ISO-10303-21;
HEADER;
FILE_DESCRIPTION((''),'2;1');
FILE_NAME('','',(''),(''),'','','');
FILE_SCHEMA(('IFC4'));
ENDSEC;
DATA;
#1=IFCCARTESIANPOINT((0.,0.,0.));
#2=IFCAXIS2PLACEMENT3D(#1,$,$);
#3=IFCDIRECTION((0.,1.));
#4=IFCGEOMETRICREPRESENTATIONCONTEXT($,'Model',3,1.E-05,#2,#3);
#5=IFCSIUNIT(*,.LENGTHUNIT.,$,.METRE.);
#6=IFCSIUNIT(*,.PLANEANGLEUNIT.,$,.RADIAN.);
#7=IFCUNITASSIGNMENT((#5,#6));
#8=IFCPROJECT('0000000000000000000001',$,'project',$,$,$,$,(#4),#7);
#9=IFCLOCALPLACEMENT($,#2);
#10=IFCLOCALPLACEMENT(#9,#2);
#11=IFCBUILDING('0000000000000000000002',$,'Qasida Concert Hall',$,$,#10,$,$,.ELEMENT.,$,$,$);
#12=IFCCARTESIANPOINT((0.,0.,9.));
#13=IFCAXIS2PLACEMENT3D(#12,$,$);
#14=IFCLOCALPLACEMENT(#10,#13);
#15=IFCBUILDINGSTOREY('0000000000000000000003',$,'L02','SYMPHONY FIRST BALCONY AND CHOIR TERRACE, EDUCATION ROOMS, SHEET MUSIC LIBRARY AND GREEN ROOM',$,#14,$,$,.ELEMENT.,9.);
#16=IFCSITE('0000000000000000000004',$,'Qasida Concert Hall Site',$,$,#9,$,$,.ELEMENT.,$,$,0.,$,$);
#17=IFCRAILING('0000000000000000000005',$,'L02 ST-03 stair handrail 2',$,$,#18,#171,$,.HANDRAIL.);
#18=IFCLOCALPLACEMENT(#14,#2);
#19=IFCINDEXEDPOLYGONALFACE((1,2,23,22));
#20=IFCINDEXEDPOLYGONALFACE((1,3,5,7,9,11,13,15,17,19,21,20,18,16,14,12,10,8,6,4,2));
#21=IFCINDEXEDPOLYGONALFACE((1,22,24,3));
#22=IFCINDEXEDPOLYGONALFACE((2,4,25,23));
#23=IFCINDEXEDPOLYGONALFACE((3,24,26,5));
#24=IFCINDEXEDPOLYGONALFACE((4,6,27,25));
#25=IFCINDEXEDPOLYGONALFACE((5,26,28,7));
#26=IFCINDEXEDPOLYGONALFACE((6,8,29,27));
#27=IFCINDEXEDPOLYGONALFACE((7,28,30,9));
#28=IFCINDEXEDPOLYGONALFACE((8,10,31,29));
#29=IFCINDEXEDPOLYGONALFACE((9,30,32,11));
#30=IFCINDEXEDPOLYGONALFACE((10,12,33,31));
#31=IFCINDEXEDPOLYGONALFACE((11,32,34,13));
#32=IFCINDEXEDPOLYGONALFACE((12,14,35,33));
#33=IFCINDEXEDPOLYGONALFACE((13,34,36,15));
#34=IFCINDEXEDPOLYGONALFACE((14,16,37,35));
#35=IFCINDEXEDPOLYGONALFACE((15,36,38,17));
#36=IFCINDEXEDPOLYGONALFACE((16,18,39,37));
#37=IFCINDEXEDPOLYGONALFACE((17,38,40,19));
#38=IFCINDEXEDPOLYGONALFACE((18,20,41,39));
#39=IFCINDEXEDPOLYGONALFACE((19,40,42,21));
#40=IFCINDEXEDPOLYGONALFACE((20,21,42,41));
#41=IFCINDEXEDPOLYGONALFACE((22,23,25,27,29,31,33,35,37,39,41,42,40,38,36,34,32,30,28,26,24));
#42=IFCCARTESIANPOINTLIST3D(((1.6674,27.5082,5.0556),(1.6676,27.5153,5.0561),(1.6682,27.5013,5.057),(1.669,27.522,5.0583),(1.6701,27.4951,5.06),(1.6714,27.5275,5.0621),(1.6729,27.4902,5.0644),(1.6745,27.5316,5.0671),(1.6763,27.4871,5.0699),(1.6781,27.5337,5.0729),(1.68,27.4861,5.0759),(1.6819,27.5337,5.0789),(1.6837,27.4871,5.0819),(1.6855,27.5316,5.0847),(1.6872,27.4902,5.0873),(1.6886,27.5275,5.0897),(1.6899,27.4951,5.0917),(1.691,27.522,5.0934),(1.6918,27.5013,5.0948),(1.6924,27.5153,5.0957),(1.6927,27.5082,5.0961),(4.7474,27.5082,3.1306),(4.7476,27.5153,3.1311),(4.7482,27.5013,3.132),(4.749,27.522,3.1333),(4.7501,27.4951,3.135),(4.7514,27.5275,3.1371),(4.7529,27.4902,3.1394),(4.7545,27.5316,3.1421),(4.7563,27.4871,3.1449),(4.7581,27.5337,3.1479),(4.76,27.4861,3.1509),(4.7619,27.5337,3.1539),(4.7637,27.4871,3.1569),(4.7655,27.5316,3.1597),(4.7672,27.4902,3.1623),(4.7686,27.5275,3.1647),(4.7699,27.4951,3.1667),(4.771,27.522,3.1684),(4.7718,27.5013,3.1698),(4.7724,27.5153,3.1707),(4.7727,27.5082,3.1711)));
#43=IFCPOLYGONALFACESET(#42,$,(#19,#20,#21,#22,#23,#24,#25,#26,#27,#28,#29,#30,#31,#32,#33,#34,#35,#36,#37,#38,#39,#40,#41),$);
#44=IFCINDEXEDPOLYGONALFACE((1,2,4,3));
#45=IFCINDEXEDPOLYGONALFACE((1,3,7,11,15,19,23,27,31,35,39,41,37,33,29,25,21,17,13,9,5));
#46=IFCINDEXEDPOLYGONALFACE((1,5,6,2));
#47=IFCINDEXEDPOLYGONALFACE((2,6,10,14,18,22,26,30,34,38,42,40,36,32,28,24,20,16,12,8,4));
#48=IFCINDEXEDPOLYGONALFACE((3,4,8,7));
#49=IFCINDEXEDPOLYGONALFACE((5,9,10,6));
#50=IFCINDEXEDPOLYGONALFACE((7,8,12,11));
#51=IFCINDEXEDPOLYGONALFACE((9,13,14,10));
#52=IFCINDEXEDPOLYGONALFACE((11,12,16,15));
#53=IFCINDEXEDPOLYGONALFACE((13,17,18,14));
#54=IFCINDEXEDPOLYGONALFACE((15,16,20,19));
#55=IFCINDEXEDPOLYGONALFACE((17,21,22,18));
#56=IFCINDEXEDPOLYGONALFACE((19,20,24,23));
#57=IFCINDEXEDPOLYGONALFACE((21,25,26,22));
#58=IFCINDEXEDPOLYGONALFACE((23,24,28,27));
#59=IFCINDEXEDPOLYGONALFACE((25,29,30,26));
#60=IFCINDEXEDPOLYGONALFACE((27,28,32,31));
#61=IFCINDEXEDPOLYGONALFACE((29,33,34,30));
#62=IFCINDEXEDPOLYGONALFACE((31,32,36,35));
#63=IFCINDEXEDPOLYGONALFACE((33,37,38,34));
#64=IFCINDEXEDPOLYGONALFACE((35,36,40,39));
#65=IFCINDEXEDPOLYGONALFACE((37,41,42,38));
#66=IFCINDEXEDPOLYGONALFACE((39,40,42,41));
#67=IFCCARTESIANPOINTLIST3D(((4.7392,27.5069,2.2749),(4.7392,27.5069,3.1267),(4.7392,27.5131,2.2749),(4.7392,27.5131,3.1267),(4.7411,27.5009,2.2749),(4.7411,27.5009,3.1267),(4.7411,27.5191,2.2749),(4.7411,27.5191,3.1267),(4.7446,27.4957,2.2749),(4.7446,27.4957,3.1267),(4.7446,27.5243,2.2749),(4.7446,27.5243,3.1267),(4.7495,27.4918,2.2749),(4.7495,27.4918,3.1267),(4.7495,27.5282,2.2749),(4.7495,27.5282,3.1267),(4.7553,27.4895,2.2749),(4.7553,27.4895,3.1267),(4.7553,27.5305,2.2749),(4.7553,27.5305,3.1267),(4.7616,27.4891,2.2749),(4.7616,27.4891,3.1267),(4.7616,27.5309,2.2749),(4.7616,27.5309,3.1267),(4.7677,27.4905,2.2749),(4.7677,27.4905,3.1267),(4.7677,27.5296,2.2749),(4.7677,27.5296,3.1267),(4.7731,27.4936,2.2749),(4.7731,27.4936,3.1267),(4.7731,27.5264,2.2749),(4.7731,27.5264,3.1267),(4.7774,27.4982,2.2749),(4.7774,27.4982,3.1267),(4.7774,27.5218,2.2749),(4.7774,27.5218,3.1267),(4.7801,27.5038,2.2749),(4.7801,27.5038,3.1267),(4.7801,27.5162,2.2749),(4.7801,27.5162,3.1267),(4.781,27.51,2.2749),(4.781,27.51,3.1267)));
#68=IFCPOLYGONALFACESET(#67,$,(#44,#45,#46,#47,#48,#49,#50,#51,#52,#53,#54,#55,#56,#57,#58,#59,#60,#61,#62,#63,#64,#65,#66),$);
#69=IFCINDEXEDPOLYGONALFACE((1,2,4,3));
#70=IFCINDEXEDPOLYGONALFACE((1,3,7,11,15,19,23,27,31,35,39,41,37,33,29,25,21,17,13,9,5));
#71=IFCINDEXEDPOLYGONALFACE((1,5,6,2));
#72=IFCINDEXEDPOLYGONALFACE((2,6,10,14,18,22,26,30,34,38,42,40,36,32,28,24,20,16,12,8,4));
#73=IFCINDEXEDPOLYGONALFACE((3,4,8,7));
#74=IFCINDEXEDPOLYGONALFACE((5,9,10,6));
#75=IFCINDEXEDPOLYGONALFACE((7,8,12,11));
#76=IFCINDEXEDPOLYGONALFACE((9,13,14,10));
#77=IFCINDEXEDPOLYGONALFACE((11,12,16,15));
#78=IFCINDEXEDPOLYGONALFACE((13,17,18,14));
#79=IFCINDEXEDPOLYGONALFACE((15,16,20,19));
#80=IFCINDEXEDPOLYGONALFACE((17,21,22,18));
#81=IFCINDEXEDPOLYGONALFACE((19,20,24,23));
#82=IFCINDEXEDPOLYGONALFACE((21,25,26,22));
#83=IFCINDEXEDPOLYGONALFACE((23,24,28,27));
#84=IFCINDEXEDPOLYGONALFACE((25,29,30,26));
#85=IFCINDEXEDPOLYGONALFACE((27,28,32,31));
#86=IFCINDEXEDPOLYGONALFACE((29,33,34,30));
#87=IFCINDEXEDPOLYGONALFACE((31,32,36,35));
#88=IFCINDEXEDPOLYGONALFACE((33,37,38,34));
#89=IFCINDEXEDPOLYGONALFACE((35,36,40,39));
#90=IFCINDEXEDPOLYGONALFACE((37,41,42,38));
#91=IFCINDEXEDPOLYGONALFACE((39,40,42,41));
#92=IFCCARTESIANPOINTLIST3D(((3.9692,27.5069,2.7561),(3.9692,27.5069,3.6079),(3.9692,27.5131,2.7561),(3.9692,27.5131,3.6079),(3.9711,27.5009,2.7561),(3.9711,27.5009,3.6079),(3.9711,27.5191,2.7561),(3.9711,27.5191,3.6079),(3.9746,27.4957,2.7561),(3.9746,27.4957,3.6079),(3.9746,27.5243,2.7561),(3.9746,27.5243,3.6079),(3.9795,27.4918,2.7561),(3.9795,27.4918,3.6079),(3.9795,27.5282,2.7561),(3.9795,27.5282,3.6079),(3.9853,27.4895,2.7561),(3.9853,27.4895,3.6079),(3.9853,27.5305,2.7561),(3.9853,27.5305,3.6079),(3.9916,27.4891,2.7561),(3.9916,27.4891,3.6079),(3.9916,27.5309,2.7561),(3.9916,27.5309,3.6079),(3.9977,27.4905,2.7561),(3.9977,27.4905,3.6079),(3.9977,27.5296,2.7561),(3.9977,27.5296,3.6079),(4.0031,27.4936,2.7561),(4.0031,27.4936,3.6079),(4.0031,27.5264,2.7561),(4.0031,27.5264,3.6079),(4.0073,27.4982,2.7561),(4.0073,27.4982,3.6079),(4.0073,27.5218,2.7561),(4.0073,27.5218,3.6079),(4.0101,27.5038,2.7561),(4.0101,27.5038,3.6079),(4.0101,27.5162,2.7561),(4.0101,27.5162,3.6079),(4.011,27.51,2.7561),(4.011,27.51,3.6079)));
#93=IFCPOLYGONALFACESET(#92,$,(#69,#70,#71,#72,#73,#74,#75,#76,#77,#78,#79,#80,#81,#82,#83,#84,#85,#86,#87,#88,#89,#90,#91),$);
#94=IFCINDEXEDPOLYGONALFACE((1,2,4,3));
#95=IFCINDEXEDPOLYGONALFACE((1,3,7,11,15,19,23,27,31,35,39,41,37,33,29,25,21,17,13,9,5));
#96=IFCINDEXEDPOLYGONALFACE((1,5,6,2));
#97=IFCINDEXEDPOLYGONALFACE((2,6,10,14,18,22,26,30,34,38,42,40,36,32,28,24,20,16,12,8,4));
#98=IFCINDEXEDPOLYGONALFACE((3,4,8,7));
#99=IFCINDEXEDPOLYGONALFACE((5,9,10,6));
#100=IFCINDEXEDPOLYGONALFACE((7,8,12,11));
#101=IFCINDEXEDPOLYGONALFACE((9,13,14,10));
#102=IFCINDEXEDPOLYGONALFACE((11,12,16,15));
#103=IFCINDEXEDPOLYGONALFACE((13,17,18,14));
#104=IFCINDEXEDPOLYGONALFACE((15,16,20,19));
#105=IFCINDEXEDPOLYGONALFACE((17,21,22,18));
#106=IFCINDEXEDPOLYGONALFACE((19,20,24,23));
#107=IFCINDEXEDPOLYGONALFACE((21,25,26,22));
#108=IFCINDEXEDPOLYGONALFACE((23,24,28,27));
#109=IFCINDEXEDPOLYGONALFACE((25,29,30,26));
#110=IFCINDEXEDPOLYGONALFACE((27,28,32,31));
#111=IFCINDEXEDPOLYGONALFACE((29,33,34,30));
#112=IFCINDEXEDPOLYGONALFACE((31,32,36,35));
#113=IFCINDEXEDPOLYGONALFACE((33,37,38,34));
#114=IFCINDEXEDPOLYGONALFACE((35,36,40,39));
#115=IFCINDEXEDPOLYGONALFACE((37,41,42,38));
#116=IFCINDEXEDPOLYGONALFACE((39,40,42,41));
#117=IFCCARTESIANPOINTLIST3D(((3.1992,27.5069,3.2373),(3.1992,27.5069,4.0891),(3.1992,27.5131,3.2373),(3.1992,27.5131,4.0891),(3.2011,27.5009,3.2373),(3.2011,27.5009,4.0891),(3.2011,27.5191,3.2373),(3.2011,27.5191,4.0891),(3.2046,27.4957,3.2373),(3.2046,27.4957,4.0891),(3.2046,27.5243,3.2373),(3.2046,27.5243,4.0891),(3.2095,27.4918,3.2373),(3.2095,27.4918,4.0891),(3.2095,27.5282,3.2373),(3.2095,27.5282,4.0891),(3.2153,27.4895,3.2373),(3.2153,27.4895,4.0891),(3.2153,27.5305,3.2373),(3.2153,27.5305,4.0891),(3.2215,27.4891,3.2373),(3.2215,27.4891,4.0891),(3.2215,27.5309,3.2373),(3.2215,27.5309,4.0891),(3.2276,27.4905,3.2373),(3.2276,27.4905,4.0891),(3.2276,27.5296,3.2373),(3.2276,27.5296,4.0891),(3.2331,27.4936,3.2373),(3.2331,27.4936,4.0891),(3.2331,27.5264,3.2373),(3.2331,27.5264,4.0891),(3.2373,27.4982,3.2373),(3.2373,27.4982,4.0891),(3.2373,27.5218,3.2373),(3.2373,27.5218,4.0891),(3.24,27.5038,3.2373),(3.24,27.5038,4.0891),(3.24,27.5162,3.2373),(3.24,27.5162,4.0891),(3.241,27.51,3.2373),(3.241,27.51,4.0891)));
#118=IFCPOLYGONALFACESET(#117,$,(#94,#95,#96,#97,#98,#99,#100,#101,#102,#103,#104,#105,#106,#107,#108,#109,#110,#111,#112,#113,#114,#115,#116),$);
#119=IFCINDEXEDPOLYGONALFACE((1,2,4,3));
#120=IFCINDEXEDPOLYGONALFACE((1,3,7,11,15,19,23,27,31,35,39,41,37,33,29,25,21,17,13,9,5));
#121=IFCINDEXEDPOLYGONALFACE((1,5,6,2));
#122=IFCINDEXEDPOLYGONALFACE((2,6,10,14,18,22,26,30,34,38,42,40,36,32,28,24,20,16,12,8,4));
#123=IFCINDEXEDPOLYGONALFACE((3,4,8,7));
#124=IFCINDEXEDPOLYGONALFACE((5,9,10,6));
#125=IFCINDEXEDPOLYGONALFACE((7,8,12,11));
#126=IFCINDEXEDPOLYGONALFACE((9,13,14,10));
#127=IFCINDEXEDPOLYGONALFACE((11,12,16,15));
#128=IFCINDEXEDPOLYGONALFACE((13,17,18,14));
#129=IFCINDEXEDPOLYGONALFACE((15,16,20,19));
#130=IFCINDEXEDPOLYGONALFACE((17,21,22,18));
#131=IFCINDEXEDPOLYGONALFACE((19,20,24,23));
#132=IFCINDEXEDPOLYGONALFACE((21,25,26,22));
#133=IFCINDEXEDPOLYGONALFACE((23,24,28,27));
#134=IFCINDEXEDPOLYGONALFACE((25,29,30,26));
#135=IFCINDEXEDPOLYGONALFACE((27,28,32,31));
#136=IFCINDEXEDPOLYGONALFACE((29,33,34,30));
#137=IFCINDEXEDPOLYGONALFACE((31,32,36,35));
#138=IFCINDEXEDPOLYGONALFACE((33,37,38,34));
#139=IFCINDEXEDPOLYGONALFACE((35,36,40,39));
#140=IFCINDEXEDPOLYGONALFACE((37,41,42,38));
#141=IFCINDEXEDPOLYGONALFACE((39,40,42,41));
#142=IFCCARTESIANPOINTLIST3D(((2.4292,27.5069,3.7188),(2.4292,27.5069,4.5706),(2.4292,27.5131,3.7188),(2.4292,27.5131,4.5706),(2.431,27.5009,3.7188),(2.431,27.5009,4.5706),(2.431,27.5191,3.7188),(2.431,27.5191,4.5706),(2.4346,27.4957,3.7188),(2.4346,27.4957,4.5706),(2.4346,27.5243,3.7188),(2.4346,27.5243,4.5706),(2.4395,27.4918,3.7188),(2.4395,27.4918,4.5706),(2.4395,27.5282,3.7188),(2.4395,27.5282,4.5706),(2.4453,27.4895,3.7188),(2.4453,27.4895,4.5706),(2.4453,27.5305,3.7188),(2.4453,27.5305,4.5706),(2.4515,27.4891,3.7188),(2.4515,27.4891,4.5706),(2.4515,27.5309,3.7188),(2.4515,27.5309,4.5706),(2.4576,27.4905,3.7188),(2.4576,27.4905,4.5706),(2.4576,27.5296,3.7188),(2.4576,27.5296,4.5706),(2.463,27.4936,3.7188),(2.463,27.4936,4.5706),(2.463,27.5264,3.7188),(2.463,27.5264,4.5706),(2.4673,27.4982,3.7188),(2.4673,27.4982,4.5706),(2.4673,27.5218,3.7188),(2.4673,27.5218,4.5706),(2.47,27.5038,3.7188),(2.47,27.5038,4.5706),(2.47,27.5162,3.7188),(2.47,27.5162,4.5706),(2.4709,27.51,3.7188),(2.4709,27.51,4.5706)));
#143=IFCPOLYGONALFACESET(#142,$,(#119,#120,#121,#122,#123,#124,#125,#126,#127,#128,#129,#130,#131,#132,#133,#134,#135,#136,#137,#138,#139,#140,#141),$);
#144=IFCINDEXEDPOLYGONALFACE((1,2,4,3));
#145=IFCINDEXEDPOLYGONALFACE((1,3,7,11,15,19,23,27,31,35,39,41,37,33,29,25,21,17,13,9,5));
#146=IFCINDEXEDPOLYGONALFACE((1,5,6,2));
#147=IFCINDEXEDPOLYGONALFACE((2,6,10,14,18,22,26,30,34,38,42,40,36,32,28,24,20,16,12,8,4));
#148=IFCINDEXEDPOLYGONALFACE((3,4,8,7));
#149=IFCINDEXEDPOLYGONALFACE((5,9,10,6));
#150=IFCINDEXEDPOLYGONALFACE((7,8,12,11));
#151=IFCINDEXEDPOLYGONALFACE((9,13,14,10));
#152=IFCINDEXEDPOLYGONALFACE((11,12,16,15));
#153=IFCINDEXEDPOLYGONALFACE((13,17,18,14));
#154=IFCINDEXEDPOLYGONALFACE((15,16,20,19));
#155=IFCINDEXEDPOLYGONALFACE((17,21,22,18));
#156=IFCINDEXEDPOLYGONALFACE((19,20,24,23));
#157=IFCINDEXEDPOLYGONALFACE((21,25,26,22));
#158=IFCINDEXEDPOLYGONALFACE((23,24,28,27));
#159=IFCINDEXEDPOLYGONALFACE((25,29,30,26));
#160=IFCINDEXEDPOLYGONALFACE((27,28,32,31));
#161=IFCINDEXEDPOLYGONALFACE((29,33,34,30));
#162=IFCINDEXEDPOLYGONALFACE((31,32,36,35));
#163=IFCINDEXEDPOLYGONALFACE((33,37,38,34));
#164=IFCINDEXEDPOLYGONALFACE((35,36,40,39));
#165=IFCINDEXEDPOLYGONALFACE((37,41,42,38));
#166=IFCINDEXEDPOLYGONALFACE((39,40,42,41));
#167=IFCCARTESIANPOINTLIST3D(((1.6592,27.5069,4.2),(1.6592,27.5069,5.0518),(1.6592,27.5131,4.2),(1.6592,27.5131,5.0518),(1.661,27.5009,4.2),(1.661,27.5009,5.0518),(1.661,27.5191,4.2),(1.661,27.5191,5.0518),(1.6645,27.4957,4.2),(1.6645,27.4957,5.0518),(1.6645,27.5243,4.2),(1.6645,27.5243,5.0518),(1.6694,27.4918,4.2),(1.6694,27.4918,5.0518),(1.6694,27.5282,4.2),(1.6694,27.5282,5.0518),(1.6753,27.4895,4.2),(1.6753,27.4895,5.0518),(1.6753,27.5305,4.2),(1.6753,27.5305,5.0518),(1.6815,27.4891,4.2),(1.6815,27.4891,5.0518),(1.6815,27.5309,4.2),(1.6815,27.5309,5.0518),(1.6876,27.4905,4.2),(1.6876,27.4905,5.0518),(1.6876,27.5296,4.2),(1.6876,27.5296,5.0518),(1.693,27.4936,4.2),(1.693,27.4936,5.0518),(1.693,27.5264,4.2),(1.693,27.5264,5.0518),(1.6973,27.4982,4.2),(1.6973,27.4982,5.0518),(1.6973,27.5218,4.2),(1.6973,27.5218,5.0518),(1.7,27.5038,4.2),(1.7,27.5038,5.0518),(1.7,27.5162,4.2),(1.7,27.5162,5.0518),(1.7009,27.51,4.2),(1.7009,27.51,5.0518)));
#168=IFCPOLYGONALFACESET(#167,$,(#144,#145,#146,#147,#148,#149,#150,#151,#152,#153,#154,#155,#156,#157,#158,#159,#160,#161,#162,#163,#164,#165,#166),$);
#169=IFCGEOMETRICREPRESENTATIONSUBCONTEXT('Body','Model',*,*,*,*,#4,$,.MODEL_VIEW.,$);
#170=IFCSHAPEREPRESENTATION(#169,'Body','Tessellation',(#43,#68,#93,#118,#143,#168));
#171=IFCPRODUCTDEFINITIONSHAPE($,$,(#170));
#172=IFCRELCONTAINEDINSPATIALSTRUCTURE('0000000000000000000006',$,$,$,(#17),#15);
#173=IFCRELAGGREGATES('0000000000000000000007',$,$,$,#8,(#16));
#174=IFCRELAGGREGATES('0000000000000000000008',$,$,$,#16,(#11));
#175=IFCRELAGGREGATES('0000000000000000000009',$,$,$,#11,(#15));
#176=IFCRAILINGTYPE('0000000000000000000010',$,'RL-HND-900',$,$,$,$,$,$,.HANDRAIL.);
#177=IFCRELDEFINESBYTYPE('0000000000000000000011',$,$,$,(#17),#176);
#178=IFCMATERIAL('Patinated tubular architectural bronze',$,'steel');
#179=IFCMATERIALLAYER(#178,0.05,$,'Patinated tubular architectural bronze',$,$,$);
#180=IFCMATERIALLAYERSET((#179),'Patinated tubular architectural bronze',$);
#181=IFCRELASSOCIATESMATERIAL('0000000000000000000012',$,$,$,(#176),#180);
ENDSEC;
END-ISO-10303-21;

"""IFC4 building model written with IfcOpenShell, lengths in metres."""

from ifc_helpers import new_model, si_unit, direction, frame, origin, origin_2d, place, context, subcontext, project, spatial, circle, extrude, material, layer, layer_set, type_object, element, save


model = new_model("IFC4")

# Units and contexts
model_context = context("Model", 3, precision=1e-05, world=origin(), true_north=direction((0.0, 1.0)))
body_context = subcontext(model_context, "Body", "Model", "MODEL_VIEW")
ifc_project = project(units=[si_unit("LENGTHUNIT", "METRE"), si_unit("PLANEANGLEUNIT", "RADIAN")], contexts=[model_context])

# Site, building, storey
site_placement = place(None, origin())
site = spatial("IfcSite", under=ifc_project, at=site_placement, Name="Qasida Concert Hall Site", CompositionType="ELEMENT", RefElevation=0.0)
building_placement = place(site_placement, origin())
building = spatial("IfcBuilding", under=site, at=building_placement, Name="Qasida Concert Hall", CompositionType="ELEMENT")
storey_placement = place(building_placement, frame((0.0, 0.0, 9.0)))
storey = spatial("IfcBuildingStorey", under=building, at=storey_placement, Name="L02", Description="SYMPHONY FIRST BALCONY AND CHOIR TERRACE, EDUCATION ROOMS, SHEET MUSIC LIBRARY AND GREEN ROOM", CompositionType="ELEMENT", Elevation=9.0)

# Railing
ifc_material_1 = material(Name="Patinated tubular architectural bronze", Category="steel")
ifc_layer_1 = layer(ifc_material_1, 0.05, Name="Patinated tubular architectural bronze")
ifc_layer_set_1 = layer_set([ifc_layer_1], Name="Patinated tubular architectural bronze")
railing_type_1 = type_object("IfcRailingType", Name="RL-HND-900", PredefinedType="HANDRAIL", material=ifc_layer_set_1)
railing_1_placement = place(storey_placement, frame((4.76, 27.51, 2.2749)))
element("IfcRailing", 1, at=railing_1_placement, inside=storey, type_object=railing_type_1, Name="L02 ST-03 stair handrail 2", PredefinedType="HANDRAIL", context=body_context, shape_type="SweptSolid", body=[
    extrude(circle(Radius=0.0239, at=origin_2d()), frame((0.0, 0.0, 0.876), z_axis=(-0.847998, 0.0, 0.529999), x_axis=(0.0, -1.0, 0.0)), (0.0, 0.0, 1.0), 3.6321),
    extrude(circle(Radius=0.021, at=origin_2d()), origin(), (0.0, 0.0, 1.0), 0.8518),
    extrude(circle(Radius=0.021, at=origin_2d()), frame((-0.77, 0.0, 0.4812)), (0.0, 0.0, 1.0), 0.8518),
    extrude(circle(Radius=0.021, at=origin_2d()), frame((-1.54, 0.0, 0.9624)), (0.0, 0.0, 1.0), 0.8518),
    extrude(circle(Radius=0.021, at=origin_2d()), frame((-2.3101, 0.0, 1.4438)), (0.0, 0.0, 1.0), 0.8518),
    extrude(circle(Radius=0.021, at=origin_2d()), frame((-3.0801, 0.0, 1.925)), (0.0, 0.0, 1.0), 0.8518),
])

save(model, "model.ifc")
